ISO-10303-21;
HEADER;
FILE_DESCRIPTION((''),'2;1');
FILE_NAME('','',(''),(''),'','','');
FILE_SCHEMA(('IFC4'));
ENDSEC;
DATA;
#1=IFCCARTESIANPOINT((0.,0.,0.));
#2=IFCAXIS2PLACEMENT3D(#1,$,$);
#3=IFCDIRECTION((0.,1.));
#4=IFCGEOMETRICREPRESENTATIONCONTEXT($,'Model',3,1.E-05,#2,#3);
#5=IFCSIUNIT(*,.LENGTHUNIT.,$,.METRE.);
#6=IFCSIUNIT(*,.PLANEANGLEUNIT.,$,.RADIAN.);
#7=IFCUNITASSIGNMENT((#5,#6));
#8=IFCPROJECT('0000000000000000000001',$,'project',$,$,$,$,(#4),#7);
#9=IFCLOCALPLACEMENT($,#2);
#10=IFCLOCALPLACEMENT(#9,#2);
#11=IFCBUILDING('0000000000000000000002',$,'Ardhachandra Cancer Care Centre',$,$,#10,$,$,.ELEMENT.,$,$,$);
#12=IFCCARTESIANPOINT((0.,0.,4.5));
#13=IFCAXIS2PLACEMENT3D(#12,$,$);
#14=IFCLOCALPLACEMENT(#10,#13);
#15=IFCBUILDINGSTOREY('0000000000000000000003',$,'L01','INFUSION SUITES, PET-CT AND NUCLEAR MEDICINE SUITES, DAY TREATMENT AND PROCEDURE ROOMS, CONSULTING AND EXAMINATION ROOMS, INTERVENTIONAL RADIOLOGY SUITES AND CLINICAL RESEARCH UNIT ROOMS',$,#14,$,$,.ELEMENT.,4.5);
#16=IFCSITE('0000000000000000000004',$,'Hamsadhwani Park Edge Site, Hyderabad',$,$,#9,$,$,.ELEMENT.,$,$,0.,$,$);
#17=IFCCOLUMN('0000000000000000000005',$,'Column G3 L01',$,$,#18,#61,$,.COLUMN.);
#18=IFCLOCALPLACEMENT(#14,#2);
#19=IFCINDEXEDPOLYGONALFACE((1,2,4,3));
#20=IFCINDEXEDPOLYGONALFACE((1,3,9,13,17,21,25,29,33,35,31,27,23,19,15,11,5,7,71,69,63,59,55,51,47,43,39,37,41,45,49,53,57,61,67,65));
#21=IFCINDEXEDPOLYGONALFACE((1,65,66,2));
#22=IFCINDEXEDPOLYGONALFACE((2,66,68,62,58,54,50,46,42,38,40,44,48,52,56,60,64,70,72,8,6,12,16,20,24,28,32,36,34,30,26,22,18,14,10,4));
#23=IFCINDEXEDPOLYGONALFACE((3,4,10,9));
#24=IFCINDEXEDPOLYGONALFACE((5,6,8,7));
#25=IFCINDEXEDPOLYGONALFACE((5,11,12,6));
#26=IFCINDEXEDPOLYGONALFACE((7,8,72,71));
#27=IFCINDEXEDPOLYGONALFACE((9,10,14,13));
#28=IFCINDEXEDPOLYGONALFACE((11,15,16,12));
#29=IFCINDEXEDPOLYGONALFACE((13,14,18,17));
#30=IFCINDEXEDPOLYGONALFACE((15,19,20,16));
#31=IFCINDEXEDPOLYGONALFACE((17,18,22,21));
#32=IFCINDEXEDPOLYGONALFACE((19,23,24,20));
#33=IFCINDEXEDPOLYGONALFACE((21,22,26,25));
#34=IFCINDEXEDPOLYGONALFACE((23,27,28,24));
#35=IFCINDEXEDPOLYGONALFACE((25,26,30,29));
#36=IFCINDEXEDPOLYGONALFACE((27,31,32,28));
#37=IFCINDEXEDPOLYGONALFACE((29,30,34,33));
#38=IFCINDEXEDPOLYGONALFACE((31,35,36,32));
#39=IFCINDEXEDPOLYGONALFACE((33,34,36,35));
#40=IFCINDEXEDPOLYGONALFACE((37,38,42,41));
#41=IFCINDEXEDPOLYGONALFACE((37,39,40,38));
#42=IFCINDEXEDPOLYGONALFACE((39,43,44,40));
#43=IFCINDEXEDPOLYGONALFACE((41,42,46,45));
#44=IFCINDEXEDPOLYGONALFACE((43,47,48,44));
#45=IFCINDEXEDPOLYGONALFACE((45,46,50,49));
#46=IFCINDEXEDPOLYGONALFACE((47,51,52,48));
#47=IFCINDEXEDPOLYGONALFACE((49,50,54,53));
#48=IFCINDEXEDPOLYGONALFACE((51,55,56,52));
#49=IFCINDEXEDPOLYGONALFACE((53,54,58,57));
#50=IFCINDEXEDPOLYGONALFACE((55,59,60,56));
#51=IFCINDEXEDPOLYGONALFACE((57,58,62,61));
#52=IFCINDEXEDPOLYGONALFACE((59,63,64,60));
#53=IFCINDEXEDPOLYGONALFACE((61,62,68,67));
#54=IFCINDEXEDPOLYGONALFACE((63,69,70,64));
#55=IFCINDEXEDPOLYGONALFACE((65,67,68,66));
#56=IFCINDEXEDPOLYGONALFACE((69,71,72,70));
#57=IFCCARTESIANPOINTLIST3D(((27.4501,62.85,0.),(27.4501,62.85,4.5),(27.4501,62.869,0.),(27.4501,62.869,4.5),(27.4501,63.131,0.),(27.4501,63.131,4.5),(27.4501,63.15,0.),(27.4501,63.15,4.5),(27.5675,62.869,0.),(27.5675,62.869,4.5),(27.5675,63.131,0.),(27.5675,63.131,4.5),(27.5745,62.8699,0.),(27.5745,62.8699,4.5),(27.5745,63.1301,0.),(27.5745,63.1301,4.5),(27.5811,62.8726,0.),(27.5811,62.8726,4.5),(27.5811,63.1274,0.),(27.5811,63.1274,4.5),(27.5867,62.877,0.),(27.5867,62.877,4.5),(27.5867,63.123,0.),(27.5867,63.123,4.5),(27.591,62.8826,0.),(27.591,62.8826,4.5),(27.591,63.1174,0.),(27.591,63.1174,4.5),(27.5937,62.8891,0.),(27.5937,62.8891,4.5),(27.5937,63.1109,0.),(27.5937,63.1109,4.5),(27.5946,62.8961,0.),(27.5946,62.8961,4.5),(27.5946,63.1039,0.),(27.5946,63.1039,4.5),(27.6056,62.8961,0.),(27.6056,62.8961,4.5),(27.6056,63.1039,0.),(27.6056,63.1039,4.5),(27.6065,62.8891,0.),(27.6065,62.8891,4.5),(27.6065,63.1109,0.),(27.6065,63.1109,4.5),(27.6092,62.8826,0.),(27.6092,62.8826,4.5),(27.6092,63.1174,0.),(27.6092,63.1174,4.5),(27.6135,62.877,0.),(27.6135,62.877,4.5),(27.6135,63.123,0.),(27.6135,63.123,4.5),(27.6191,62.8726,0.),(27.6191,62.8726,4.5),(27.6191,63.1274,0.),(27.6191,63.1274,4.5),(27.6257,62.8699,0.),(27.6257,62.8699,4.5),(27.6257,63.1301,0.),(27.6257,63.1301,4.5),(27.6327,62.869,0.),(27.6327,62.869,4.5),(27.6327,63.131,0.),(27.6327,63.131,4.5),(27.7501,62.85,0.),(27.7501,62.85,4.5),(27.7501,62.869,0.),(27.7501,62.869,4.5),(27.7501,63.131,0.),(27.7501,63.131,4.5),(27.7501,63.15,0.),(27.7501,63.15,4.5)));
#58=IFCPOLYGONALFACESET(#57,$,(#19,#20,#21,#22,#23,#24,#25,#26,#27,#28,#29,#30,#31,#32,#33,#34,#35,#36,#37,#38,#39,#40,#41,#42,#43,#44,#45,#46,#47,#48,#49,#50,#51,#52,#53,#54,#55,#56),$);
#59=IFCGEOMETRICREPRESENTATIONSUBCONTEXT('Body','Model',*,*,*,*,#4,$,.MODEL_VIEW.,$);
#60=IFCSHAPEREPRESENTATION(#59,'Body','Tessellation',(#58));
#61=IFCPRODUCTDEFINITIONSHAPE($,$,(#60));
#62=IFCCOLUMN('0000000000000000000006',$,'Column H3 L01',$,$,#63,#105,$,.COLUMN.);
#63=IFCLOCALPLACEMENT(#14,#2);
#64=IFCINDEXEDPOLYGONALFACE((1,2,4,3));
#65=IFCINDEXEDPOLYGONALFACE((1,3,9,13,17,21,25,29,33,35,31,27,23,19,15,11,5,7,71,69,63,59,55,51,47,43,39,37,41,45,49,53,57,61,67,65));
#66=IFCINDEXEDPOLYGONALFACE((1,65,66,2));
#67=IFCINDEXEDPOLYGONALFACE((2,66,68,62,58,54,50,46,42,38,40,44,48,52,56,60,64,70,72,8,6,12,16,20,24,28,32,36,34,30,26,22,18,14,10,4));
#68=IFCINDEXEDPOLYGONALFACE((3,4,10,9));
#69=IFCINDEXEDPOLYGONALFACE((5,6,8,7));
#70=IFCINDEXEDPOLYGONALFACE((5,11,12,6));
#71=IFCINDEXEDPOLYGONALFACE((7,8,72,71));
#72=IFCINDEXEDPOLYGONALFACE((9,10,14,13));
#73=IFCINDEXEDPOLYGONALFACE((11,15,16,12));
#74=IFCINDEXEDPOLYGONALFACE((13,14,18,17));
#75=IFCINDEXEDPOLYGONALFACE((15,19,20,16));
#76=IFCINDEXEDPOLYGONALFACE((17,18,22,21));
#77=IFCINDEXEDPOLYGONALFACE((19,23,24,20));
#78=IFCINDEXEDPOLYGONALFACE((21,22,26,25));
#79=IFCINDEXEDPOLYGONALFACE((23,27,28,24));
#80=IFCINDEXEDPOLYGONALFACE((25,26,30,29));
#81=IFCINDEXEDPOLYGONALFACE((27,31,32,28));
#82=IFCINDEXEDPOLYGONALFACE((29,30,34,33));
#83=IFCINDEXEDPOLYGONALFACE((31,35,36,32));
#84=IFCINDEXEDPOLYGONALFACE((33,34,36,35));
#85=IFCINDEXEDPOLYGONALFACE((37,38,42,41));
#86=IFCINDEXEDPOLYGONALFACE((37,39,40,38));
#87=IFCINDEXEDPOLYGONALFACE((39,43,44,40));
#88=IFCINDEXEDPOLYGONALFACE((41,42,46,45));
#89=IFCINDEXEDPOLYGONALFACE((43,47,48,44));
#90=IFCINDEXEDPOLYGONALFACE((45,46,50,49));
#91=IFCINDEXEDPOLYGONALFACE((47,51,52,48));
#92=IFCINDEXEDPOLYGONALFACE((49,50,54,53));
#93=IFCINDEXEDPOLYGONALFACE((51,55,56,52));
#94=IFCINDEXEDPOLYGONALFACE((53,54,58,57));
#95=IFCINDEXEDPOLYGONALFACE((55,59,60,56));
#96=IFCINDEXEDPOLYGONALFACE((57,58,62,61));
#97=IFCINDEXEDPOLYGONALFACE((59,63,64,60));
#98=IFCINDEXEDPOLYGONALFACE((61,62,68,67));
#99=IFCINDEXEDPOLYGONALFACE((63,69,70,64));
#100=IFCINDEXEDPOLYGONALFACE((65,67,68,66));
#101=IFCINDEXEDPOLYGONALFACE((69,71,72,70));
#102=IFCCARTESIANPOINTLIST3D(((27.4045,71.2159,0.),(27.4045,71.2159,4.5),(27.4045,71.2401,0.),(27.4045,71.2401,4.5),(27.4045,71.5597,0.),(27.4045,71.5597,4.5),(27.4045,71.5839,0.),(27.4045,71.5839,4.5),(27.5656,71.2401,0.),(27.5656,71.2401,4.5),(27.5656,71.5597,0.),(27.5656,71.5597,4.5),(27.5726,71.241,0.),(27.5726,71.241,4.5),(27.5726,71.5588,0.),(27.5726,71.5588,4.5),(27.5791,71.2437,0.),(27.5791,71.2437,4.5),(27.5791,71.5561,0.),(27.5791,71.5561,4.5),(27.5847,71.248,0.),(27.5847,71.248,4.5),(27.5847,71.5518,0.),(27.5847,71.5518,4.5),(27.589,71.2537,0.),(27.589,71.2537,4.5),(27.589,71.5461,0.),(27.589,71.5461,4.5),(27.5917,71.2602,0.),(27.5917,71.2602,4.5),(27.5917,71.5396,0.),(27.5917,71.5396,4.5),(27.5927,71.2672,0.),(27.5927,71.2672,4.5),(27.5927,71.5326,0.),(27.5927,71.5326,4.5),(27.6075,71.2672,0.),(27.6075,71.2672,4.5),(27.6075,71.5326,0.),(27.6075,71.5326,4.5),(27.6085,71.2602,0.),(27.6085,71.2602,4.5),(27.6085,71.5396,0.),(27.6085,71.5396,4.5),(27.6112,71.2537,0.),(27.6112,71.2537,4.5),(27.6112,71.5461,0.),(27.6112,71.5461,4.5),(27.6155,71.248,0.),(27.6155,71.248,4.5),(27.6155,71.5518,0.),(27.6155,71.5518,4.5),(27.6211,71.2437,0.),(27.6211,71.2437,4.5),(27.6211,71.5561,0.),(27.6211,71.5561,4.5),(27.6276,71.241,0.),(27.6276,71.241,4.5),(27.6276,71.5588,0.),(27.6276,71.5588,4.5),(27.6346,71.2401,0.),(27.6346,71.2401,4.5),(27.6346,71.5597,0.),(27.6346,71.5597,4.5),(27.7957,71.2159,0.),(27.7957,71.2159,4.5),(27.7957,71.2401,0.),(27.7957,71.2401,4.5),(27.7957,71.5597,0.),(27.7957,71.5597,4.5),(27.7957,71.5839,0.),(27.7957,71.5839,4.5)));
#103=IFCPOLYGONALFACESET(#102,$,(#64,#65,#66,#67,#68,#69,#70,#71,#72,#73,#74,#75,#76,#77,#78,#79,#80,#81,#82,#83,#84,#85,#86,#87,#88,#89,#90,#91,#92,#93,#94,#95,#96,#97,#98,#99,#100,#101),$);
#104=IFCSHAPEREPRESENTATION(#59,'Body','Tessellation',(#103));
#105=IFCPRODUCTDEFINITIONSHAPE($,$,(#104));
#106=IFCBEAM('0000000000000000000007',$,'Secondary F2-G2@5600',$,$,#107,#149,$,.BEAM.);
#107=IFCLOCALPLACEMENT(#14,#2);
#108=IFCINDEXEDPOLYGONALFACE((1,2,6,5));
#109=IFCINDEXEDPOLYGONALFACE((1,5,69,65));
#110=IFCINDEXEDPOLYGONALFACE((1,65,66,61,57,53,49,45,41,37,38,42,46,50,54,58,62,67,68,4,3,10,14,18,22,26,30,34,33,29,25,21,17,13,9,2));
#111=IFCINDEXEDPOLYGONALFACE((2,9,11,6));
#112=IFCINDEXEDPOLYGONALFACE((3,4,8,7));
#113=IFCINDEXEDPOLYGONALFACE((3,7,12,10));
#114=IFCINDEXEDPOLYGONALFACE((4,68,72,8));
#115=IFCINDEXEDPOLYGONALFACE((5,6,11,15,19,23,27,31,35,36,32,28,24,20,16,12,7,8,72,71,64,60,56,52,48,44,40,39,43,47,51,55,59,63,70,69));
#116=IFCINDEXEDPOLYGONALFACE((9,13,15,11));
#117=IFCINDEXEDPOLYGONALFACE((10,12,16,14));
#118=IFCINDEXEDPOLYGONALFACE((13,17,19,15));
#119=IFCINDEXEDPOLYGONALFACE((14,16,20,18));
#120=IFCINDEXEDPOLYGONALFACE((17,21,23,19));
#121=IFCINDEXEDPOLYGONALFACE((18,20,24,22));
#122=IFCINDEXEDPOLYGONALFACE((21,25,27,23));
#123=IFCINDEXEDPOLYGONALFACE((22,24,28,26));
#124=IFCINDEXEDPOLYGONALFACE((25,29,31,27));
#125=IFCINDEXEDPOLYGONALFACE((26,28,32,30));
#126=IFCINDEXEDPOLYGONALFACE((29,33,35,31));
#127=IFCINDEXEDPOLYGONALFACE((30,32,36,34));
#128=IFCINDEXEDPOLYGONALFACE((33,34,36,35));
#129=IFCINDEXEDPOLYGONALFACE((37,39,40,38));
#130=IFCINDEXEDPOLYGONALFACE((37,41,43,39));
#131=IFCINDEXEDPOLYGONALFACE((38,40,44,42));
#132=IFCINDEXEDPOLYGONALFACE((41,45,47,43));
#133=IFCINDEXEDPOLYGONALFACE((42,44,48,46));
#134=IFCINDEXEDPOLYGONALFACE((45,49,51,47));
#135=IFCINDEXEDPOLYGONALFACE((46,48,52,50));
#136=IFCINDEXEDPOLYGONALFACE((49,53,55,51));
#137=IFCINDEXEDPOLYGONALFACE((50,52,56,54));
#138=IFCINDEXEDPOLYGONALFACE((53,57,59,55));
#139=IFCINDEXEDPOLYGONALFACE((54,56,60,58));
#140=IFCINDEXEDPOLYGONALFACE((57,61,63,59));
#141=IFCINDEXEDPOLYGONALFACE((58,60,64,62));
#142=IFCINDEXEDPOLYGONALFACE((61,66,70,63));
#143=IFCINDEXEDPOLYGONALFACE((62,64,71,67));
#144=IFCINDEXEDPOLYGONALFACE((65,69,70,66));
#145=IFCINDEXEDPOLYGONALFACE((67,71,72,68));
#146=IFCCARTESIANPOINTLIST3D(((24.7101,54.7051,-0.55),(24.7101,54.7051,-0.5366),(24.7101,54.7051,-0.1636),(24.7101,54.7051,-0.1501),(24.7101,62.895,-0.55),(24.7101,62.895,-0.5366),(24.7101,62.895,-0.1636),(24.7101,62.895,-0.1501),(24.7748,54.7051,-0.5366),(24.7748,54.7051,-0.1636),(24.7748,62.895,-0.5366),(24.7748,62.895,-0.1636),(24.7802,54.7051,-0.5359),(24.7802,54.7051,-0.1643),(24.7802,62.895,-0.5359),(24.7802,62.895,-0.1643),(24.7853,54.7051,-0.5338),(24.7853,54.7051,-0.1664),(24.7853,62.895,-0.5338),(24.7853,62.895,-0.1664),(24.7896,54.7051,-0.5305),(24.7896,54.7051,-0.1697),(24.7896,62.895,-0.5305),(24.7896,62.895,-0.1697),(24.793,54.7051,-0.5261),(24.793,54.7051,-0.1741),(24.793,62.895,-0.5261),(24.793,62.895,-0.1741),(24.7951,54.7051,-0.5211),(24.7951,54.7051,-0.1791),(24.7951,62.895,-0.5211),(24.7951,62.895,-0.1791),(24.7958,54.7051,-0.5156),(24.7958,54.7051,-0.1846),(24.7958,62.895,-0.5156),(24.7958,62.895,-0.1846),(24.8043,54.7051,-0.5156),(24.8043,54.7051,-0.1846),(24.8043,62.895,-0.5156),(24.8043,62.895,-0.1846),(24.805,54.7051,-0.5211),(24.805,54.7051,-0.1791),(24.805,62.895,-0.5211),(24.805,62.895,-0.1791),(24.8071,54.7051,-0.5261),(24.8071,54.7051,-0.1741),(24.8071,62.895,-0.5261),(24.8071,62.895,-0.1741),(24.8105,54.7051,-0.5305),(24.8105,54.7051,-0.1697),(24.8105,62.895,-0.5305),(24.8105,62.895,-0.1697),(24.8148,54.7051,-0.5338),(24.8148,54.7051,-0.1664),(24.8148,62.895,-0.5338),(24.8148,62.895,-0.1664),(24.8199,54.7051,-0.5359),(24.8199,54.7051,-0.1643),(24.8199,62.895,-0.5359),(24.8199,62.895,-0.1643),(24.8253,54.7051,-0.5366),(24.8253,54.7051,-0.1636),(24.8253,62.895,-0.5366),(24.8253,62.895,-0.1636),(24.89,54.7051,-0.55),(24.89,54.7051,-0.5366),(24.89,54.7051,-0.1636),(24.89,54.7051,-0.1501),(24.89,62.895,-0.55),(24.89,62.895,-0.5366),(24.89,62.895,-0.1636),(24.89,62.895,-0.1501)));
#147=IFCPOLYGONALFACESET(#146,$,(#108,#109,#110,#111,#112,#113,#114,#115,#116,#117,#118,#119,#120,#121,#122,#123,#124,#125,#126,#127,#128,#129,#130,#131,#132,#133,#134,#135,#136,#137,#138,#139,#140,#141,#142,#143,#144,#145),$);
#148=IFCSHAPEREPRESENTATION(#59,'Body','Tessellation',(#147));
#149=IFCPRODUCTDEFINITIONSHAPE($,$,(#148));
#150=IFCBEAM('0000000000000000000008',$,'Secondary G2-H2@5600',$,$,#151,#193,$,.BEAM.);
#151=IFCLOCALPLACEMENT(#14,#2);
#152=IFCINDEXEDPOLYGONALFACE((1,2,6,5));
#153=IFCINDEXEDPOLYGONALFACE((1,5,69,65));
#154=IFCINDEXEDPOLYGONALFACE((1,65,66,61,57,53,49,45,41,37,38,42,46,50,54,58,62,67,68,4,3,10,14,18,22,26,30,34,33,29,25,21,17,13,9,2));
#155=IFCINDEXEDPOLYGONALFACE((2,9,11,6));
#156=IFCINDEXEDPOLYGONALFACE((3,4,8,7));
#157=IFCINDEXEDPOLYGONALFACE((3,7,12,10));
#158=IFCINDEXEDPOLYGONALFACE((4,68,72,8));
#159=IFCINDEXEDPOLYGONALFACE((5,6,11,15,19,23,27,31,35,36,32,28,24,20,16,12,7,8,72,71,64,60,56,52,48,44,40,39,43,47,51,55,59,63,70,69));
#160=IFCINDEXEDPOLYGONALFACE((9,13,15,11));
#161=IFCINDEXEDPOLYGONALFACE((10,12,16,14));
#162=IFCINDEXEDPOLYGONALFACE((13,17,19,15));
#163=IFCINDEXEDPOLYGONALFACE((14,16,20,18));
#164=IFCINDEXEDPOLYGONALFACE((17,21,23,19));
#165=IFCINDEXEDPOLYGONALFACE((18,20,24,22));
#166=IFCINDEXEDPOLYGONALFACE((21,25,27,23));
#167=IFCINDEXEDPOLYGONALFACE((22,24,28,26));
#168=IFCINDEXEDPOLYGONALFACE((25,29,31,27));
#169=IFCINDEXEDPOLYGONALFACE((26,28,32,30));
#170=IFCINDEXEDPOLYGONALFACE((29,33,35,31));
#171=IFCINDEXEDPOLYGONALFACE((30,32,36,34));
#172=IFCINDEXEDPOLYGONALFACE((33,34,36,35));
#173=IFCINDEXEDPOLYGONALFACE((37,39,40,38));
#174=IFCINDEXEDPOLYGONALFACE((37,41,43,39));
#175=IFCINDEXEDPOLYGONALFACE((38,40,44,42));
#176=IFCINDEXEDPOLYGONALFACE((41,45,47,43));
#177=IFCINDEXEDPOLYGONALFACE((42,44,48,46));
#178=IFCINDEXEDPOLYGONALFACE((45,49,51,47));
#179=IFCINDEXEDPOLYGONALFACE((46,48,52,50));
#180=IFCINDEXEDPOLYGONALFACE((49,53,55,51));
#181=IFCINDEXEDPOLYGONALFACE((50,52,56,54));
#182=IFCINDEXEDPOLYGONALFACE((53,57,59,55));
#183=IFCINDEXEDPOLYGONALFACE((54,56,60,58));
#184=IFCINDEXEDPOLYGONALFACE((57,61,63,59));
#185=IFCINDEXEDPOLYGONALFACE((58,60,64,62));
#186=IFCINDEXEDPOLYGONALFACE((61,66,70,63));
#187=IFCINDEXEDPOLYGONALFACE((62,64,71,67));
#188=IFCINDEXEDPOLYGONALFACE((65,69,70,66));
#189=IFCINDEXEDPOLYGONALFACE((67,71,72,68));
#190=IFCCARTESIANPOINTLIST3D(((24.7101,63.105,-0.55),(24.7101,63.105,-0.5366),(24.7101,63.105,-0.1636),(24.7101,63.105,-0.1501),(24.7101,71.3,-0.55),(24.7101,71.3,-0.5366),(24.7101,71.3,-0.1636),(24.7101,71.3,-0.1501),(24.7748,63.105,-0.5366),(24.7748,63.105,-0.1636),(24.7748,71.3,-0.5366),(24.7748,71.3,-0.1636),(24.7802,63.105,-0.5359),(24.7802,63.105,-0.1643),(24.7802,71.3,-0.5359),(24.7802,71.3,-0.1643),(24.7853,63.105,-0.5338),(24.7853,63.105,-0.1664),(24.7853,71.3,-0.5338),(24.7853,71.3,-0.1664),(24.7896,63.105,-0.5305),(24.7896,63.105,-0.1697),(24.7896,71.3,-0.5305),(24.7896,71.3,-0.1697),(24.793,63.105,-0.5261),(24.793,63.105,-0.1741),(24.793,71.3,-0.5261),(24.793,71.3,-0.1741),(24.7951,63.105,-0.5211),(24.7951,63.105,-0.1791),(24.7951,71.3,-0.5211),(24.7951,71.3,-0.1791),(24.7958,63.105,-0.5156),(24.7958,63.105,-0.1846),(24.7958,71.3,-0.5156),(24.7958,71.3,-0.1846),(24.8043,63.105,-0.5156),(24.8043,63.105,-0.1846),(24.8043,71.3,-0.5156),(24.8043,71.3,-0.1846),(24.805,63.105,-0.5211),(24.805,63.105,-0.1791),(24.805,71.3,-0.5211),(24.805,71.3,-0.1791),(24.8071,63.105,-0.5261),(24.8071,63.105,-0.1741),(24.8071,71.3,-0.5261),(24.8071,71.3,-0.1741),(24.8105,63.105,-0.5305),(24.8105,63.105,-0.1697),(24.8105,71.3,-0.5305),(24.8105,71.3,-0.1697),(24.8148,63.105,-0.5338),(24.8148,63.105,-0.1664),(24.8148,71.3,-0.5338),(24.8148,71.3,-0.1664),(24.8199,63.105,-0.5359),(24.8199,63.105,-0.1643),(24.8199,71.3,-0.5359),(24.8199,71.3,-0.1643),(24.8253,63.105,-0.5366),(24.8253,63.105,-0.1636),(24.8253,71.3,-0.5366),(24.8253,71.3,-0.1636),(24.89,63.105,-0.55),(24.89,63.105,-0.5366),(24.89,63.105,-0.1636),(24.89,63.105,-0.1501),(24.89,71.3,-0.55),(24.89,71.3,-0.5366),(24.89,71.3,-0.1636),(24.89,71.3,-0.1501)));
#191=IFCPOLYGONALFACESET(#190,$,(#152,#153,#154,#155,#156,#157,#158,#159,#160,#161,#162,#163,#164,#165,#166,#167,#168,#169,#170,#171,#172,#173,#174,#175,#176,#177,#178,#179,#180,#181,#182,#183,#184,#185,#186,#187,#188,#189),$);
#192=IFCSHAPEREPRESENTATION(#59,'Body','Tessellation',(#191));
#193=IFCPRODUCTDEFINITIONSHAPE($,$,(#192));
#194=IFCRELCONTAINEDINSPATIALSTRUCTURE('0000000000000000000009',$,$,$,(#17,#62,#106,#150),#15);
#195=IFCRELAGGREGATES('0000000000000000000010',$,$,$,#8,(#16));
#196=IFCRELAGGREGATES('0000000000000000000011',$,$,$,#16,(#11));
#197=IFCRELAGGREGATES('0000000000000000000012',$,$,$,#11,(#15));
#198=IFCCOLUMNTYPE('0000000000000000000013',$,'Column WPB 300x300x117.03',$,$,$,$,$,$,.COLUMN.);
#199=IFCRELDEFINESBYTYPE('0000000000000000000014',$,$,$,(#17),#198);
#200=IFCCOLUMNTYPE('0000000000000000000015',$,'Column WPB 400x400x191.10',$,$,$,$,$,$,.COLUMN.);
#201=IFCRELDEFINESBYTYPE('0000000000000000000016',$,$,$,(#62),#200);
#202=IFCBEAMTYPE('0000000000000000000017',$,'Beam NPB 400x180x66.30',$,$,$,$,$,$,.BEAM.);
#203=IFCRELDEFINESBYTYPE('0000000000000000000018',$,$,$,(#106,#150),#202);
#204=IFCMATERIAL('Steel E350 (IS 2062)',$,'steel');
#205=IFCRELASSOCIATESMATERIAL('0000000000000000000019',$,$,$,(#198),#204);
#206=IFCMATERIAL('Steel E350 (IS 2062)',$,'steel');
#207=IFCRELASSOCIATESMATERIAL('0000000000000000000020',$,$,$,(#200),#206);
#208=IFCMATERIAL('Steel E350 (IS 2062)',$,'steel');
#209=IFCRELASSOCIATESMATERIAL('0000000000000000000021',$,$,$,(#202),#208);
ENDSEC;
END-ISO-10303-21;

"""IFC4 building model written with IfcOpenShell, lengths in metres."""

from ifc_helpers import new_model, si_unit, direction, frame, origin, origin_2d, place, context, subcontext, project, spatial, i_section, extrude, material, material_profile, profile_set, type_object, element, save


model = new_model("IFC4")

# Units and contexts
model_context = context("Model", 3, precision=1e-05, world=origin(), true_north=direction((0.0, 1.0)))
body_context = subcontext(model_context, "Body", "Model", "MODEL_VIEW")
ifc_project = project(units=[si_unit("LENGTHUNIT", "METRE"), si_unit("PLANEANGLEUNIT", "RADIAN")], contexts=[model_context])

# Site, building, storey
site_placement = place(None, origin())
site = spatial("IfcSite", under=ifc_project, at=site_placement, Name="Hamsadhwani Park Edge Site, Hyderabad", CompositionType="ELEMENT", RefElevation=0.0)
building_placement = place(site_placement, origin())
building = spatial("IfcBuilding", under=site, at=building_placement, Name="Ardhachandra Cancer Care Centre", CompositionType="ELEMENT")
storey_placement = place(building_placement, frame((0.0, 0.0, 4.5)))
storey = spatial("IfcBuildingStorey", under=building, at=storey_placement, Name="L01", Description="INFUSION SUITES, PET-CT AND NUCLEAR MEDICINE SUITES, DAY TREATMENT AND PROCEDURE ROOMS, CONSULTING AND EXAMINATION ROOMS, INTERVENTIONAL RADIOLOGY SUITES AND CLINICAL RESEARCH UNIT ROOMS", CompositionType="ELEMENT", Elevation=4.5)

# Columns
ifc_material_1 = material(Name="Steel E350 (IS 2062)", Category="steel")
ifc_material_profile_1 = material_profile(ifc_material_1, i_section(OverallWidth=0.3, OverallDepth=0.3, WebThickness=0.011, FlangeThickness=0.019, FilletRadius=0.0271, at=origin_2d()), Name="WPB 300x300x117.03")
ifc_profile_set_1 = profile_set([ifc_material_profile_1], Name="Steel E350 (IS 2062)")
column_type_1 = type_object("IfcColumnType", Name="Column WPB 300x300x117.03", PredefinedType="COLUMN", material=ifc_profile_set_1)
column_1_placement = place(storey_placement, frame((27.6001, 63.0, 0.0), z_axis=(0.0, 0.0, 1.0), x_axis=(1.0, 0.0, 0.0)))
element("IfcColumn", 1, at=column_1_placement, inside=storey, type_object=column_type_1, Name="Column G3 L01", PredefinedType="COLUMN", context=body_context, shape_type="SweptSolid", body=[
    extrude(i_section(OverallWidth=0.3, OverallDepth=0.3, WebThickness=0.011, FlangeThickness=0.019, FilletRadius=0.0271, at=origin_2d()), origin(), (0.0, 0.0, 1.0), 4.5),
])
ifc_material_2 = material(Name="Steel E350 (IS 2062)", Category="steel")
ifc_material_profile_2 = material_profile(ifc_material_2, i_section(OverallWidth=0.3911, OverallDepth=0.3679, WebThickness=0.0149, FlangeThickness=0.0242, FilletRadius=0.0271, at=origin_2d()), Name="WPB 400x400x191.10")
ifc_profile_set_2 = profile_set([ifc_material_profile_2], Name="Steel E350 (IS 2062)")
column_type_2 = type_object("IfcColumnType", Name="Column WPB 400x400x191.10", PredefinedType="COLUMN", material=ifc_profile_set_2)
column_2_placement = place(storey_placement, frame((27.6001, 71.3999, 0.0), z_axis=(0.0, 0.0, 1.0), x_axis=(1.0, 0.0, 0.0)))
element("IfcColumn", 2, at=column_2_placement, inside=storey, type_object=column_type_2, Name="Column H3 L01", PredefinedType="COLUMN", context=body_context, shape_type="SweptSolid", body=[
    extrude(i_section(OverallWidth=0.3911, OverallDepth=0.3679, WebThickness=0.0149, FlangeThickness=0.0242, FilletRadius=0.0271, at=origin_2d()), origin(), (0.0, 0.0, 1.0), 4.5),
])

# Beams
ifc_material_3 = material(Name="Steel E350 (IS 2062)", Category="steel")
ifc_material_profile_3 = material_profile(ifc_material_3, i_section(OverallWidth=0.1799, OverallDepth=0.3999, WebThickness=0.0085, FlangeThickness=0.0134, FilletRadius=0.021, at=origin_2d()), Name="NPB 400x180x66.30")
ifc_profile_set_3 = profile_set([ifc_material_profile_3], Name="Steel E350 (IS 2062)")
beam_type_1 = type_object("IfcBeamType", Name="Beam NPB 400x180x66.30", PredefinedType="BEAM", material=ifc_profile_set_3)
beam_1_placement = place(storey_placement, frame((24.8, 54.7051, -0.3501), z_axis=(0.0, 1.0, 0.0), x_axis=(-1.0, 0.0, 0.0)))
element("IfcBeam", 3, at=beam_1_placement, inside=storey, type_object=beam_type_1, Name="Secondary F2-G2@5600", PredefinedType="BEAM", context=body_context, shape_type="SweptSolid", body=[
    extrude(i_section(OverallWidth=0.1799, OverallDepth=0.3999, WebThickness=0.0085, FlangeThickness=0.0134, FilletRadius=0.021, at=origin_2d()), origin(), (0.0, 0.0, 1.0), 8.1899),
])
beam_2_placement = place(storey_placement, frame((24.8, 63.105, -0.3501), z_axis=(0.0, 1.0, 0.0), x_axis=(-1.0, 0.0, 0.0)))
element("IfcBeam", 4, at=beam_2_placement, inside=storey, type_object=beam_type_1, Name="Secondary G2-H2@5600", PredefinedType="BEAM", context=body_context, shape_type="SweptSolid", body=[
    extrude(i_section(OverallWidth=0.1799, OverallDepth=0.3999, WebThickness=0.0085, FlangeThickness=0.0134, FilletRadius=0.021, at=origin_2d()), origin(), (0.0, 0.0, 1.0), 8.1951),
])

save(model, "model.ifc")
